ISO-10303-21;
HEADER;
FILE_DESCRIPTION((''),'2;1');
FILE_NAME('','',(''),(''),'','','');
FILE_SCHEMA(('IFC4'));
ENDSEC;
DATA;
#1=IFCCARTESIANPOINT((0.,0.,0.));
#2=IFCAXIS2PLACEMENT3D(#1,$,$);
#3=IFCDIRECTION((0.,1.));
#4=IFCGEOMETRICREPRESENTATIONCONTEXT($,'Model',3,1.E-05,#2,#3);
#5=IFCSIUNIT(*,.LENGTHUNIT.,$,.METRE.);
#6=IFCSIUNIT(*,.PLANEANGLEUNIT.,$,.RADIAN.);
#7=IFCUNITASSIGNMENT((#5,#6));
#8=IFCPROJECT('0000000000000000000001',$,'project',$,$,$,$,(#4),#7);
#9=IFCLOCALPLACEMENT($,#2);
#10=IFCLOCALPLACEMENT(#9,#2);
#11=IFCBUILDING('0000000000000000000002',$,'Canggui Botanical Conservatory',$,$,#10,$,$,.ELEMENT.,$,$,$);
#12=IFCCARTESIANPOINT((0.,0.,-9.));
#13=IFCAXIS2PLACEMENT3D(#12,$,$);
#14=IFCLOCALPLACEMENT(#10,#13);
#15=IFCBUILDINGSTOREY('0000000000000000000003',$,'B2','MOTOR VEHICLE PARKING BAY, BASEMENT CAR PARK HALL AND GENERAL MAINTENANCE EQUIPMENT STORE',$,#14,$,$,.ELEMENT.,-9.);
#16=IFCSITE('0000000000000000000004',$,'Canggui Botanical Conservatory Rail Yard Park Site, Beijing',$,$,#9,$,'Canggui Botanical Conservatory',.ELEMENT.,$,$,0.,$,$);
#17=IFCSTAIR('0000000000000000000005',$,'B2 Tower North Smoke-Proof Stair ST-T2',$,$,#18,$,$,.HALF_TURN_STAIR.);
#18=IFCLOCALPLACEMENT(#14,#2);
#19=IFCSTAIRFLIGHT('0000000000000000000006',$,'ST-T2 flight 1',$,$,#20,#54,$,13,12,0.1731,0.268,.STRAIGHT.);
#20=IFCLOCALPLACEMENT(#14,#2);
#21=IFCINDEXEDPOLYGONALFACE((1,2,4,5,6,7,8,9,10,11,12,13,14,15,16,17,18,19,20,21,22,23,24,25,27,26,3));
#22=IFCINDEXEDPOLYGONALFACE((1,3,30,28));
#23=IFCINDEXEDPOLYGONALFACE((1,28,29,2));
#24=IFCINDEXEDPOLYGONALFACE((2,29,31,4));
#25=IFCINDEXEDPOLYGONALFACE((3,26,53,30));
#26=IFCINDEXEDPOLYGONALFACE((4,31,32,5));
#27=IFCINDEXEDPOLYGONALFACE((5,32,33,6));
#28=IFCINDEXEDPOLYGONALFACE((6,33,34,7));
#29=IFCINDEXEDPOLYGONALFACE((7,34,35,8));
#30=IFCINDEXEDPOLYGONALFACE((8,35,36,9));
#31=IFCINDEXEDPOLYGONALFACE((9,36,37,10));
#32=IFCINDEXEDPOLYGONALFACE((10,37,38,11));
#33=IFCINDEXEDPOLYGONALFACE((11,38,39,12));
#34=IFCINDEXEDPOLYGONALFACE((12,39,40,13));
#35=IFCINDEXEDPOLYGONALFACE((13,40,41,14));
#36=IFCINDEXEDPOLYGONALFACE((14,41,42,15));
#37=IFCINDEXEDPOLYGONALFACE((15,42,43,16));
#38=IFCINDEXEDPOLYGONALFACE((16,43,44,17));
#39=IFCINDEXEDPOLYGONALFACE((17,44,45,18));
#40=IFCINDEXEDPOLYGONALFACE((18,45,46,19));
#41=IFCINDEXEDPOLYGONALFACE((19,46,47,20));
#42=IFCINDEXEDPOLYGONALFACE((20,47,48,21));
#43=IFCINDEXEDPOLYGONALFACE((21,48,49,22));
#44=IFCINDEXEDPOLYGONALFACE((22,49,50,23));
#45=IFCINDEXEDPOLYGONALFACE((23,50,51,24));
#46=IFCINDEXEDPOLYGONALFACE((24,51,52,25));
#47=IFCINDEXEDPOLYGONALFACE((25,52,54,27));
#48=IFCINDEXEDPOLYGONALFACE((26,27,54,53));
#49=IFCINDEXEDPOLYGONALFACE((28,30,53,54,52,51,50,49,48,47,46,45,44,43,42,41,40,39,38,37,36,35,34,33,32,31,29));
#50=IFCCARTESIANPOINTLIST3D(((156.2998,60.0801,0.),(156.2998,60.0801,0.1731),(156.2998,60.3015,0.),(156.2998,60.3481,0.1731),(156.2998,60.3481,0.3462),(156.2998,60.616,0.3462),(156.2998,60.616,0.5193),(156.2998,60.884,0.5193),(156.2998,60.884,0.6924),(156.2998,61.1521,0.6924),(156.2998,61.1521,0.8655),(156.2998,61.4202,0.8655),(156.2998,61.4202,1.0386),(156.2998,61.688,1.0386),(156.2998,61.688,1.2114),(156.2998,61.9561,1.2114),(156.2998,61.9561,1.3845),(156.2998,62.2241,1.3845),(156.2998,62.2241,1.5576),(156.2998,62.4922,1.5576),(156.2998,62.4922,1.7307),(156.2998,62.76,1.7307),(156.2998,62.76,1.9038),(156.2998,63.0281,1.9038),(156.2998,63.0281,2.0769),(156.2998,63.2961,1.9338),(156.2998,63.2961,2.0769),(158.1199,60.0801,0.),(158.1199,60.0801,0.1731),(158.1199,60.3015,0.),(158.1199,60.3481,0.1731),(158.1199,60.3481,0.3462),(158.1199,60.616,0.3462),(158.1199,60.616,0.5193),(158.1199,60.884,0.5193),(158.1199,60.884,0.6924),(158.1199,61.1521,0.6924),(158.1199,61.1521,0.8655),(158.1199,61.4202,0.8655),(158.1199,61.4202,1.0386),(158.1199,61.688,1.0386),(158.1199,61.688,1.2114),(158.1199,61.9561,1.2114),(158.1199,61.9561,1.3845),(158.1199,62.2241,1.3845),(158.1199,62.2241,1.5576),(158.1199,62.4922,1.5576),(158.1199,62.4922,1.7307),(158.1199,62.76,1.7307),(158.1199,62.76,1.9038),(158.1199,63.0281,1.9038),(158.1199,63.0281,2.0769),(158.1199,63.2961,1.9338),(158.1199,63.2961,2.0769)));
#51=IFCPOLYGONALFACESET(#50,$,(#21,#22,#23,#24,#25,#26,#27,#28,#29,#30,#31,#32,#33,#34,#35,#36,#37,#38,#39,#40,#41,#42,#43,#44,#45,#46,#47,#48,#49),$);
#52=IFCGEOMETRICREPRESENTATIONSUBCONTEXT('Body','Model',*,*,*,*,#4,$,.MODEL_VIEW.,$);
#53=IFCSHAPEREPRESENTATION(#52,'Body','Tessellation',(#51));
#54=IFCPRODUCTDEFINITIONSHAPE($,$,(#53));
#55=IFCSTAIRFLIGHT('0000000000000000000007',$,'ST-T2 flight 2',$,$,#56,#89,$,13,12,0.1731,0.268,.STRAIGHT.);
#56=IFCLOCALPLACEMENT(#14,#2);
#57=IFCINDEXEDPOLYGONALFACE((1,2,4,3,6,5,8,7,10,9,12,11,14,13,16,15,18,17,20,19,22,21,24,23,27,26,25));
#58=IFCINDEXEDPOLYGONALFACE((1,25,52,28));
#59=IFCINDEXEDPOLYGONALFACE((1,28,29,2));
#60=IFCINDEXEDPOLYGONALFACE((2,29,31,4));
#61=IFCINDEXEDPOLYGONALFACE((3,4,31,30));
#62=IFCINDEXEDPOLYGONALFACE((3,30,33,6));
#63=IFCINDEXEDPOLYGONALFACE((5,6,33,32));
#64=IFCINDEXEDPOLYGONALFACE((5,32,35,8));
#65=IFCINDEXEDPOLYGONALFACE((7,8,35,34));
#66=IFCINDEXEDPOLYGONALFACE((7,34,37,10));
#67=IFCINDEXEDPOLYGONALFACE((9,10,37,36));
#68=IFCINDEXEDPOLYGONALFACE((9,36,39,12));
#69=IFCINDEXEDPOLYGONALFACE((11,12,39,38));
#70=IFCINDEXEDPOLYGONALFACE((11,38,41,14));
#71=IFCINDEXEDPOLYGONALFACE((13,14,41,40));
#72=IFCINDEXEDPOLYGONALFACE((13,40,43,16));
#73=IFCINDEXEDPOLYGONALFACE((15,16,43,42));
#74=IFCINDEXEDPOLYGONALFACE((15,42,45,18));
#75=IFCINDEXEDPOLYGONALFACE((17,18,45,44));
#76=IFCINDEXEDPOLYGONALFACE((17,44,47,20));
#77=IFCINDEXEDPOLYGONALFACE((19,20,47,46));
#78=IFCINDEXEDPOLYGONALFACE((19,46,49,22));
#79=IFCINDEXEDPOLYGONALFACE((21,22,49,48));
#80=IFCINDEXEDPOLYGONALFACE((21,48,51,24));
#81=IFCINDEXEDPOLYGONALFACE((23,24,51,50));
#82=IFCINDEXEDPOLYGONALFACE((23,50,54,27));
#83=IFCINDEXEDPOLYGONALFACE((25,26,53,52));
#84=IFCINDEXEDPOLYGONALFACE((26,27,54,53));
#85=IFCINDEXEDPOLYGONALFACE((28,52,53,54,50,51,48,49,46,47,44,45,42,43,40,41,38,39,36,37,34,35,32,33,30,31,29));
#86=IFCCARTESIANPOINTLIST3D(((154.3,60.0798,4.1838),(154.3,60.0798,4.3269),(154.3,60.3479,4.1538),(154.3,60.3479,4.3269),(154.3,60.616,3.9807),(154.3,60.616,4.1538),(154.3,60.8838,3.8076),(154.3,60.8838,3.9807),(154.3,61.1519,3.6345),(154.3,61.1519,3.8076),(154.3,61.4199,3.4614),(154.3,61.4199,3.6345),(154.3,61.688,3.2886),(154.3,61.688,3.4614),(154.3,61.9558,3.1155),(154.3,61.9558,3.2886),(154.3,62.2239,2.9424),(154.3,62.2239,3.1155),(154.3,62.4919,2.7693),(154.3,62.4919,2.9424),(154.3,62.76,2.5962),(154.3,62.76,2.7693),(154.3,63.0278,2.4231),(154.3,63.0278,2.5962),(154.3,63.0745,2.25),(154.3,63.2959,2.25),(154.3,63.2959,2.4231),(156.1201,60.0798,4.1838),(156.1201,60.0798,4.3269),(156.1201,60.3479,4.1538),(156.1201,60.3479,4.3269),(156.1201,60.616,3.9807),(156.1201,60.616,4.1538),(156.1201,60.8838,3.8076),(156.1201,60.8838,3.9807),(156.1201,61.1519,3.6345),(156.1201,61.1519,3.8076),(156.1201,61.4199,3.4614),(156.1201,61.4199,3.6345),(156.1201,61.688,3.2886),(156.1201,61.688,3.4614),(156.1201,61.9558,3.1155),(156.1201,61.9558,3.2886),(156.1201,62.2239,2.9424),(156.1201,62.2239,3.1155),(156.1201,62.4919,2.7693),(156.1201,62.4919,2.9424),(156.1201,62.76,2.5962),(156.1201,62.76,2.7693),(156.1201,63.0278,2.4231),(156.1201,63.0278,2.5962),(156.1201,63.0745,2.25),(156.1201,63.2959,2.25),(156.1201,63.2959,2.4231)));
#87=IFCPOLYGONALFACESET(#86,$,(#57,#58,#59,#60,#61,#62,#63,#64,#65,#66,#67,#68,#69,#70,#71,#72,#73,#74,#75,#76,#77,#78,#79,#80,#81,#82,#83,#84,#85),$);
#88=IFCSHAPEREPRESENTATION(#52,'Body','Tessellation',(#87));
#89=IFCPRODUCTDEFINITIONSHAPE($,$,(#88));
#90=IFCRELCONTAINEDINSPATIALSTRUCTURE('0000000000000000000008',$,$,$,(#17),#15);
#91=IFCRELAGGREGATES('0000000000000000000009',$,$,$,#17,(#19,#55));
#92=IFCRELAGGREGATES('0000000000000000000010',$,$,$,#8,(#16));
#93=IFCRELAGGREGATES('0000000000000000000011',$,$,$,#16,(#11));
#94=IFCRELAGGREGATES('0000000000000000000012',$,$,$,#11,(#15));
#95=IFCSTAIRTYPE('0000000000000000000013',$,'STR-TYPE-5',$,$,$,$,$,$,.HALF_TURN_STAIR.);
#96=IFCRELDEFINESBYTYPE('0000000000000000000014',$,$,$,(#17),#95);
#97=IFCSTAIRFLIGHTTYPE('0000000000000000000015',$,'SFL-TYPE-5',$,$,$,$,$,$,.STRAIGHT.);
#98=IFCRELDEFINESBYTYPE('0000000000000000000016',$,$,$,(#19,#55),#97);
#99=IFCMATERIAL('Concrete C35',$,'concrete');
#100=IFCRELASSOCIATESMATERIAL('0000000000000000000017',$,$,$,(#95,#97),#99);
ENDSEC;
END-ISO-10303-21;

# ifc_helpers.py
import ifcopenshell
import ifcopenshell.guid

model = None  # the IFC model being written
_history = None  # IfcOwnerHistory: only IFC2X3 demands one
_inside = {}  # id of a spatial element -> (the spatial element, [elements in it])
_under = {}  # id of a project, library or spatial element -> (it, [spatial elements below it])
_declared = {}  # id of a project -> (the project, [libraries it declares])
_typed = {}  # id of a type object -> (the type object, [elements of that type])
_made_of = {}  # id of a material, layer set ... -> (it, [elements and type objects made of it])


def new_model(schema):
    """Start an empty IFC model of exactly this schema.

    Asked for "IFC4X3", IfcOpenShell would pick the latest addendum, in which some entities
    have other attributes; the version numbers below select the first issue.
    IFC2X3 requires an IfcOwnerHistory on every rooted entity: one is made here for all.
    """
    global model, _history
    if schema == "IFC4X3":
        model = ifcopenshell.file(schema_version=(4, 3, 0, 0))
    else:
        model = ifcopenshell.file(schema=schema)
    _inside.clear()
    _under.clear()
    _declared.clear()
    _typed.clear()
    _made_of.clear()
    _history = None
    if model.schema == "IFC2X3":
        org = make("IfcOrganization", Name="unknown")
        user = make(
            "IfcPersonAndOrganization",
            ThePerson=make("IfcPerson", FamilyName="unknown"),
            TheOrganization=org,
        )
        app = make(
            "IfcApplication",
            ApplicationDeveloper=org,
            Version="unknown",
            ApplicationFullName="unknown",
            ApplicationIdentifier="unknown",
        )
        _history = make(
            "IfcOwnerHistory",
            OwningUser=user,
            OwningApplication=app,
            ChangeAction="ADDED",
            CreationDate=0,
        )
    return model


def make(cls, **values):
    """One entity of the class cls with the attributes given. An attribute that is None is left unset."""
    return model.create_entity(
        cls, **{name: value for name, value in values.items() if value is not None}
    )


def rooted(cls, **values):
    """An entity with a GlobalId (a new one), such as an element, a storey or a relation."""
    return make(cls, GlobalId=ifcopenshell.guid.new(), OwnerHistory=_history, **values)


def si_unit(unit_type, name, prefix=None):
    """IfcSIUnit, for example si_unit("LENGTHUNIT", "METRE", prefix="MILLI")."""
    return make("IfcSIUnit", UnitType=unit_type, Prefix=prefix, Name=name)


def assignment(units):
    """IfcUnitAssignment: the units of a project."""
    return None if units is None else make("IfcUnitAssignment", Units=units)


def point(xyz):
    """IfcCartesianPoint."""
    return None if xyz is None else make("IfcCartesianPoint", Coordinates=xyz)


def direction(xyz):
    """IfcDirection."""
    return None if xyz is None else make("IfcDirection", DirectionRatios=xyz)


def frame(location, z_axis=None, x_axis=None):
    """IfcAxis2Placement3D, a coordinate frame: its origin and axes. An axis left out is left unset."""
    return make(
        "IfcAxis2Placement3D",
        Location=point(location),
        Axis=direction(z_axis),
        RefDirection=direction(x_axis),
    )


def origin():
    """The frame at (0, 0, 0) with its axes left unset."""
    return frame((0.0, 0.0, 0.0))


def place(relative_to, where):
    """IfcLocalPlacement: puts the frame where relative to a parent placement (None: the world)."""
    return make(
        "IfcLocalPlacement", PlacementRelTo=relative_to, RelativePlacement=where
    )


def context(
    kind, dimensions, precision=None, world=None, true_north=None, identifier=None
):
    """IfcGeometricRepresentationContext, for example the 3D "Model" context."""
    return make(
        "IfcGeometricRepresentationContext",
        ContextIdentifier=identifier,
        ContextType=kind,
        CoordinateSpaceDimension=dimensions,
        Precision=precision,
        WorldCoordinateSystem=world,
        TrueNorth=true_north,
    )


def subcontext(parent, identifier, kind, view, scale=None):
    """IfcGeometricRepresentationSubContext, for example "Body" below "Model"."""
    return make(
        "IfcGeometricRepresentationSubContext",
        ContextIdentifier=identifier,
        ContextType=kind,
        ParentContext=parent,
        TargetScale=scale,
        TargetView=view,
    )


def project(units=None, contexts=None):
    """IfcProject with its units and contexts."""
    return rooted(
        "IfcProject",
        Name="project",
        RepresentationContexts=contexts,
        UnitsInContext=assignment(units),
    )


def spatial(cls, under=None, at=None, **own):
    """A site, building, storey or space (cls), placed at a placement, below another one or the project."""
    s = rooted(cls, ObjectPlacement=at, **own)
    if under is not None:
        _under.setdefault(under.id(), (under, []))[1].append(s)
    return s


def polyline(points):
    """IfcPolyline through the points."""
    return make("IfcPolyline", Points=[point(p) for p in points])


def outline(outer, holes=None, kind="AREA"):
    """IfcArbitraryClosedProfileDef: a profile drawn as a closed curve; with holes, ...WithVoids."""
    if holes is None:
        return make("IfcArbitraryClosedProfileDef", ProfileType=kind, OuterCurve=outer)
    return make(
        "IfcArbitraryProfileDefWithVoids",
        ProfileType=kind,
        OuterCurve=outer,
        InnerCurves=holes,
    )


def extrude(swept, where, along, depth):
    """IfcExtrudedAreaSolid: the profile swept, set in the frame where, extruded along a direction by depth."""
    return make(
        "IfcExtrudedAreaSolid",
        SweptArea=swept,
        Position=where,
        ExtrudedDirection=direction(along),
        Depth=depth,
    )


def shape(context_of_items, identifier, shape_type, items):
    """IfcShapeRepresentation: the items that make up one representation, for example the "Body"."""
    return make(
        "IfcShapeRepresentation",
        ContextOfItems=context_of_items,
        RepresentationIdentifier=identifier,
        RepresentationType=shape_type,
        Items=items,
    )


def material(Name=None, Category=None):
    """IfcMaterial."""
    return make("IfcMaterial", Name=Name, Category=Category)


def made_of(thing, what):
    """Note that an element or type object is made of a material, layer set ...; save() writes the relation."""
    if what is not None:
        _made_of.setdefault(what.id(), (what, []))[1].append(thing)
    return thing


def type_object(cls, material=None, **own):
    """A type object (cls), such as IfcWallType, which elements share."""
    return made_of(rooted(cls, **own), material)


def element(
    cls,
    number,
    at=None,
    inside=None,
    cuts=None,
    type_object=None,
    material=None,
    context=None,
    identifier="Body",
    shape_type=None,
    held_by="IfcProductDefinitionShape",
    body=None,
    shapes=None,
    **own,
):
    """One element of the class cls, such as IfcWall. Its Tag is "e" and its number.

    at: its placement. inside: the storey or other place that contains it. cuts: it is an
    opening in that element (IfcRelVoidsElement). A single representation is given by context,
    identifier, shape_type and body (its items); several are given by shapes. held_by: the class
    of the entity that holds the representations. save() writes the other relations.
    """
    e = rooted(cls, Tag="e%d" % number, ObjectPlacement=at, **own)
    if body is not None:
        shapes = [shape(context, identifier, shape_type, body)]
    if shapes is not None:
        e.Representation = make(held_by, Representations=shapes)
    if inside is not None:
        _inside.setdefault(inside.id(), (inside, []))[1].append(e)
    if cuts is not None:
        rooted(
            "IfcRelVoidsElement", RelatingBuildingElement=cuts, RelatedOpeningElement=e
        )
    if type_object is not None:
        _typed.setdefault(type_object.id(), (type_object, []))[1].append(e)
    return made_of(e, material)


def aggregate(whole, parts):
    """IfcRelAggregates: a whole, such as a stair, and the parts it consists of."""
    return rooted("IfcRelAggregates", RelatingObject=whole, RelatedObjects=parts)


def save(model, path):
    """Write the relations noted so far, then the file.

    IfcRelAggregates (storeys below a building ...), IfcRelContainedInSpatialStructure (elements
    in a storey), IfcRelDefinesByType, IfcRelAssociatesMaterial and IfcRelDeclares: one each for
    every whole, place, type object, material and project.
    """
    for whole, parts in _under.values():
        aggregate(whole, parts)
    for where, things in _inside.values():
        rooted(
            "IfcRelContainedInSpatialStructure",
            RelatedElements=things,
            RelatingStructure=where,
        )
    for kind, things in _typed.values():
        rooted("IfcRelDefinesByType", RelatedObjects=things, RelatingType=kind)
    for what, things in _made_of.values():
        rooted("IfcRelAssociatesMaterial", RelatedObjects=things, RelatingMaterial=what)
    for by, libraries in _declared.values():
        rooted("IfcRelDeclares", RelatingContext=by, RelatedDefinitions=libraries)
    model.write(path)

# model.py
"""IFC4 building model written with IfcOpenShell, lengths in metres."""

from ifc_helpers import new_model, si_unit, direction, frame, origin, place, context, subcontext, project, spatial, polyline, outline, extrude, material, type_object, element, aggregate, save


model = new_model("IFC4")

# Units and contexts
model_context = context("Model", 3, precision=1e-05, world=origin(), true_north=direction((0.0, 1.0)))
body_context = subcontext(model_context, "Body", "Model", "MODEL_VIEW")
ifc_project = project(units=[si_unit("LENGTHUNIT", "METRE"), si_unit("PLANEANGLEUNIT", "RADIAN")], contexts=[model_context])

# Site, building, storey
site_placement = place(None, origin())
site = spatial("IfcSite", under=ifc_project, at=site_placement, Name="Canggui Botanical Conservatory Rail Yard Park Site, Beijing", LongName="Canggui Botanical Conservatory", CompositionType="ELEMENT", RefElevation=0.0)
building_placement = place(site_placement, origin())
building = spatial("IfcBuilding", under=site, at=building_placement, Name="Canggui Botanical Conservatory", CompositionType="ELEMENT")
storey_placement = place(building_placement, frame((0.0, 0.0, -9.0)))
storey = spatial("IfcBuildingStorey", under=building, at=storey_placement, Name="B2", Description="MOTOR VEHICLE PARKING BAY, BASEMENT CAR PARK HALL AND GENERAL MAINTENANCE EQUIPMENT STORE", CompositionType="ELEMENT", Elevation=-9.0)

# Shared definitions
ifc_material_1 = material(Name="Concrete C35", Category="concrete")

# Stair, stair flights
stair_type = type_object("IfcStairType", Name="STR-TYPE-5", PredefinedType="HALF_TURN_STAIR", material=ifc_material_1)
stair_placement = place(storey_placement, origin())
stair = element("IfcStair", 1, at=stair_placement, inside=storey, type_object=stair_type, Name="B2 Tower North Smoke-Proof Stair ST-T2", PredefinedType="HALF_TURN_STAIR")
stair_flight_type = type_object("IfcStairFlightType", Name="SFL-TYPE-5", PredefinedType="STRAIGHT", material=ifc_material_1)
stair_flight_1_placement = place(storey_placement, frame((157.21, 60.0801, 0.0), z_axis=(0.0, 0.0, 1.0), x_axis=(0.0, 1.0, 0.0)))
stair_flight_1 = element("IfcStairFlight", 2, at=stair_flight_1_placement, type_object=stair_flight_type, Name="ST-T2 flight 1", NumberOfRisers=13, NumberOfTreads=12, PredefinedType="STRAIGHT", RiserHeight=0.1731, TreadLength=0.268, context=body_context, shape_type="SweptSolid", body=[
    extrude(outline(polyline([(0.0, 0.0), (0.0, 0.1731), (0.2681, 0.1731), (0.2681, 0.3462), (0.5359, 0.3462), (0.5359, 0.5193), (0.804, 0.5193), (0.804, 0.6924), (1.072, 0.6924), (1.072, 0.8655), (1.3401, 0.8655), (1.3401, 1.0386), (1.6079, 1.0386), (1.6079, 1.2114), (1.876, 1.2114), (1.876, 1.3845), (2.144, 1.3845), (2.144, 1.5576), (2.4121, 1.5576), (2.4121, 1.7307), (2.6799, 1.7307), (2.6799, 1.9038), (2.948, 1.9038), (2.948, 2.0769), (3.2161, 2.0769), (3.2161, 2.25), (3.2161, 1.9338), (0.2214, 0.0), (0.0, 0.0)])), frame((0.0, 0.9102, 0.0), z_axis=(0.0, -1.0, 0.0), x_axis=(1.0, 0.0, 0.0)), (0.0, 0.0, 1.0), 1.8201),
])
stair_flight_2_placement = place(storey_placement, frame((155.21, 63.2959, 2.25), z_axis=(0.0, 0.0, 1.0), x_axis=(0.0, -1.0, 0.0)))
stair_flight_2 = element("IfcStairFlight", 3, at=stair_flight_2_placement, type_object=stair_flight_type, Name="ST-T2 flight 2", NumberOfRisers=13, NumberOfTreads=12, PredefinedType="STRAIGHT", RiserHeight=0.1731, TreadLength=0.268, context=body_context, shape_type="SweptSolid", body=[
    extrude(outline(polyline([(0.0, 0.0), (0.0, 0.1731), (0.2681, 0.1731), (0.2681, 0.3462), (0.5359, 0.3462), (0.5359, 0.5193), (0.804, 0.5193), (0.804, 0.6924), (1.072, 0.6924), (1.072, 0.8655), (1.3401, 0.8655), (1.3401, 1.0386), (1.6079, 1.0386), (1.6079, 1.2114), (1.876, 1.2114), (1.876, 1.3845), (2.144, 1.3845), (2.144, 1.5576), (2.4121, 1.5576), (2.4121, 1.7307), (2.6799, 1.7307), (2.6799, 1.9038), (2.948, 1.9038), (2.948, 2.0769), (3.2161, 2.0769), (3.2161, 2.25), (3.2161, 1.9338), (0.2214, 0.0), (0.0, 0.0)])), frame((0.0, 0.9102, 0.0), z_axis=(0.0, -1.0, 0.0), x_axis=(1.0, 0.0, 0.0)), (0.0, 0.0, 1.0), 1.8201),
])
aggregate(stair, [stair_flight_1, stair_flight_2])

save(model, "model.ifc")
